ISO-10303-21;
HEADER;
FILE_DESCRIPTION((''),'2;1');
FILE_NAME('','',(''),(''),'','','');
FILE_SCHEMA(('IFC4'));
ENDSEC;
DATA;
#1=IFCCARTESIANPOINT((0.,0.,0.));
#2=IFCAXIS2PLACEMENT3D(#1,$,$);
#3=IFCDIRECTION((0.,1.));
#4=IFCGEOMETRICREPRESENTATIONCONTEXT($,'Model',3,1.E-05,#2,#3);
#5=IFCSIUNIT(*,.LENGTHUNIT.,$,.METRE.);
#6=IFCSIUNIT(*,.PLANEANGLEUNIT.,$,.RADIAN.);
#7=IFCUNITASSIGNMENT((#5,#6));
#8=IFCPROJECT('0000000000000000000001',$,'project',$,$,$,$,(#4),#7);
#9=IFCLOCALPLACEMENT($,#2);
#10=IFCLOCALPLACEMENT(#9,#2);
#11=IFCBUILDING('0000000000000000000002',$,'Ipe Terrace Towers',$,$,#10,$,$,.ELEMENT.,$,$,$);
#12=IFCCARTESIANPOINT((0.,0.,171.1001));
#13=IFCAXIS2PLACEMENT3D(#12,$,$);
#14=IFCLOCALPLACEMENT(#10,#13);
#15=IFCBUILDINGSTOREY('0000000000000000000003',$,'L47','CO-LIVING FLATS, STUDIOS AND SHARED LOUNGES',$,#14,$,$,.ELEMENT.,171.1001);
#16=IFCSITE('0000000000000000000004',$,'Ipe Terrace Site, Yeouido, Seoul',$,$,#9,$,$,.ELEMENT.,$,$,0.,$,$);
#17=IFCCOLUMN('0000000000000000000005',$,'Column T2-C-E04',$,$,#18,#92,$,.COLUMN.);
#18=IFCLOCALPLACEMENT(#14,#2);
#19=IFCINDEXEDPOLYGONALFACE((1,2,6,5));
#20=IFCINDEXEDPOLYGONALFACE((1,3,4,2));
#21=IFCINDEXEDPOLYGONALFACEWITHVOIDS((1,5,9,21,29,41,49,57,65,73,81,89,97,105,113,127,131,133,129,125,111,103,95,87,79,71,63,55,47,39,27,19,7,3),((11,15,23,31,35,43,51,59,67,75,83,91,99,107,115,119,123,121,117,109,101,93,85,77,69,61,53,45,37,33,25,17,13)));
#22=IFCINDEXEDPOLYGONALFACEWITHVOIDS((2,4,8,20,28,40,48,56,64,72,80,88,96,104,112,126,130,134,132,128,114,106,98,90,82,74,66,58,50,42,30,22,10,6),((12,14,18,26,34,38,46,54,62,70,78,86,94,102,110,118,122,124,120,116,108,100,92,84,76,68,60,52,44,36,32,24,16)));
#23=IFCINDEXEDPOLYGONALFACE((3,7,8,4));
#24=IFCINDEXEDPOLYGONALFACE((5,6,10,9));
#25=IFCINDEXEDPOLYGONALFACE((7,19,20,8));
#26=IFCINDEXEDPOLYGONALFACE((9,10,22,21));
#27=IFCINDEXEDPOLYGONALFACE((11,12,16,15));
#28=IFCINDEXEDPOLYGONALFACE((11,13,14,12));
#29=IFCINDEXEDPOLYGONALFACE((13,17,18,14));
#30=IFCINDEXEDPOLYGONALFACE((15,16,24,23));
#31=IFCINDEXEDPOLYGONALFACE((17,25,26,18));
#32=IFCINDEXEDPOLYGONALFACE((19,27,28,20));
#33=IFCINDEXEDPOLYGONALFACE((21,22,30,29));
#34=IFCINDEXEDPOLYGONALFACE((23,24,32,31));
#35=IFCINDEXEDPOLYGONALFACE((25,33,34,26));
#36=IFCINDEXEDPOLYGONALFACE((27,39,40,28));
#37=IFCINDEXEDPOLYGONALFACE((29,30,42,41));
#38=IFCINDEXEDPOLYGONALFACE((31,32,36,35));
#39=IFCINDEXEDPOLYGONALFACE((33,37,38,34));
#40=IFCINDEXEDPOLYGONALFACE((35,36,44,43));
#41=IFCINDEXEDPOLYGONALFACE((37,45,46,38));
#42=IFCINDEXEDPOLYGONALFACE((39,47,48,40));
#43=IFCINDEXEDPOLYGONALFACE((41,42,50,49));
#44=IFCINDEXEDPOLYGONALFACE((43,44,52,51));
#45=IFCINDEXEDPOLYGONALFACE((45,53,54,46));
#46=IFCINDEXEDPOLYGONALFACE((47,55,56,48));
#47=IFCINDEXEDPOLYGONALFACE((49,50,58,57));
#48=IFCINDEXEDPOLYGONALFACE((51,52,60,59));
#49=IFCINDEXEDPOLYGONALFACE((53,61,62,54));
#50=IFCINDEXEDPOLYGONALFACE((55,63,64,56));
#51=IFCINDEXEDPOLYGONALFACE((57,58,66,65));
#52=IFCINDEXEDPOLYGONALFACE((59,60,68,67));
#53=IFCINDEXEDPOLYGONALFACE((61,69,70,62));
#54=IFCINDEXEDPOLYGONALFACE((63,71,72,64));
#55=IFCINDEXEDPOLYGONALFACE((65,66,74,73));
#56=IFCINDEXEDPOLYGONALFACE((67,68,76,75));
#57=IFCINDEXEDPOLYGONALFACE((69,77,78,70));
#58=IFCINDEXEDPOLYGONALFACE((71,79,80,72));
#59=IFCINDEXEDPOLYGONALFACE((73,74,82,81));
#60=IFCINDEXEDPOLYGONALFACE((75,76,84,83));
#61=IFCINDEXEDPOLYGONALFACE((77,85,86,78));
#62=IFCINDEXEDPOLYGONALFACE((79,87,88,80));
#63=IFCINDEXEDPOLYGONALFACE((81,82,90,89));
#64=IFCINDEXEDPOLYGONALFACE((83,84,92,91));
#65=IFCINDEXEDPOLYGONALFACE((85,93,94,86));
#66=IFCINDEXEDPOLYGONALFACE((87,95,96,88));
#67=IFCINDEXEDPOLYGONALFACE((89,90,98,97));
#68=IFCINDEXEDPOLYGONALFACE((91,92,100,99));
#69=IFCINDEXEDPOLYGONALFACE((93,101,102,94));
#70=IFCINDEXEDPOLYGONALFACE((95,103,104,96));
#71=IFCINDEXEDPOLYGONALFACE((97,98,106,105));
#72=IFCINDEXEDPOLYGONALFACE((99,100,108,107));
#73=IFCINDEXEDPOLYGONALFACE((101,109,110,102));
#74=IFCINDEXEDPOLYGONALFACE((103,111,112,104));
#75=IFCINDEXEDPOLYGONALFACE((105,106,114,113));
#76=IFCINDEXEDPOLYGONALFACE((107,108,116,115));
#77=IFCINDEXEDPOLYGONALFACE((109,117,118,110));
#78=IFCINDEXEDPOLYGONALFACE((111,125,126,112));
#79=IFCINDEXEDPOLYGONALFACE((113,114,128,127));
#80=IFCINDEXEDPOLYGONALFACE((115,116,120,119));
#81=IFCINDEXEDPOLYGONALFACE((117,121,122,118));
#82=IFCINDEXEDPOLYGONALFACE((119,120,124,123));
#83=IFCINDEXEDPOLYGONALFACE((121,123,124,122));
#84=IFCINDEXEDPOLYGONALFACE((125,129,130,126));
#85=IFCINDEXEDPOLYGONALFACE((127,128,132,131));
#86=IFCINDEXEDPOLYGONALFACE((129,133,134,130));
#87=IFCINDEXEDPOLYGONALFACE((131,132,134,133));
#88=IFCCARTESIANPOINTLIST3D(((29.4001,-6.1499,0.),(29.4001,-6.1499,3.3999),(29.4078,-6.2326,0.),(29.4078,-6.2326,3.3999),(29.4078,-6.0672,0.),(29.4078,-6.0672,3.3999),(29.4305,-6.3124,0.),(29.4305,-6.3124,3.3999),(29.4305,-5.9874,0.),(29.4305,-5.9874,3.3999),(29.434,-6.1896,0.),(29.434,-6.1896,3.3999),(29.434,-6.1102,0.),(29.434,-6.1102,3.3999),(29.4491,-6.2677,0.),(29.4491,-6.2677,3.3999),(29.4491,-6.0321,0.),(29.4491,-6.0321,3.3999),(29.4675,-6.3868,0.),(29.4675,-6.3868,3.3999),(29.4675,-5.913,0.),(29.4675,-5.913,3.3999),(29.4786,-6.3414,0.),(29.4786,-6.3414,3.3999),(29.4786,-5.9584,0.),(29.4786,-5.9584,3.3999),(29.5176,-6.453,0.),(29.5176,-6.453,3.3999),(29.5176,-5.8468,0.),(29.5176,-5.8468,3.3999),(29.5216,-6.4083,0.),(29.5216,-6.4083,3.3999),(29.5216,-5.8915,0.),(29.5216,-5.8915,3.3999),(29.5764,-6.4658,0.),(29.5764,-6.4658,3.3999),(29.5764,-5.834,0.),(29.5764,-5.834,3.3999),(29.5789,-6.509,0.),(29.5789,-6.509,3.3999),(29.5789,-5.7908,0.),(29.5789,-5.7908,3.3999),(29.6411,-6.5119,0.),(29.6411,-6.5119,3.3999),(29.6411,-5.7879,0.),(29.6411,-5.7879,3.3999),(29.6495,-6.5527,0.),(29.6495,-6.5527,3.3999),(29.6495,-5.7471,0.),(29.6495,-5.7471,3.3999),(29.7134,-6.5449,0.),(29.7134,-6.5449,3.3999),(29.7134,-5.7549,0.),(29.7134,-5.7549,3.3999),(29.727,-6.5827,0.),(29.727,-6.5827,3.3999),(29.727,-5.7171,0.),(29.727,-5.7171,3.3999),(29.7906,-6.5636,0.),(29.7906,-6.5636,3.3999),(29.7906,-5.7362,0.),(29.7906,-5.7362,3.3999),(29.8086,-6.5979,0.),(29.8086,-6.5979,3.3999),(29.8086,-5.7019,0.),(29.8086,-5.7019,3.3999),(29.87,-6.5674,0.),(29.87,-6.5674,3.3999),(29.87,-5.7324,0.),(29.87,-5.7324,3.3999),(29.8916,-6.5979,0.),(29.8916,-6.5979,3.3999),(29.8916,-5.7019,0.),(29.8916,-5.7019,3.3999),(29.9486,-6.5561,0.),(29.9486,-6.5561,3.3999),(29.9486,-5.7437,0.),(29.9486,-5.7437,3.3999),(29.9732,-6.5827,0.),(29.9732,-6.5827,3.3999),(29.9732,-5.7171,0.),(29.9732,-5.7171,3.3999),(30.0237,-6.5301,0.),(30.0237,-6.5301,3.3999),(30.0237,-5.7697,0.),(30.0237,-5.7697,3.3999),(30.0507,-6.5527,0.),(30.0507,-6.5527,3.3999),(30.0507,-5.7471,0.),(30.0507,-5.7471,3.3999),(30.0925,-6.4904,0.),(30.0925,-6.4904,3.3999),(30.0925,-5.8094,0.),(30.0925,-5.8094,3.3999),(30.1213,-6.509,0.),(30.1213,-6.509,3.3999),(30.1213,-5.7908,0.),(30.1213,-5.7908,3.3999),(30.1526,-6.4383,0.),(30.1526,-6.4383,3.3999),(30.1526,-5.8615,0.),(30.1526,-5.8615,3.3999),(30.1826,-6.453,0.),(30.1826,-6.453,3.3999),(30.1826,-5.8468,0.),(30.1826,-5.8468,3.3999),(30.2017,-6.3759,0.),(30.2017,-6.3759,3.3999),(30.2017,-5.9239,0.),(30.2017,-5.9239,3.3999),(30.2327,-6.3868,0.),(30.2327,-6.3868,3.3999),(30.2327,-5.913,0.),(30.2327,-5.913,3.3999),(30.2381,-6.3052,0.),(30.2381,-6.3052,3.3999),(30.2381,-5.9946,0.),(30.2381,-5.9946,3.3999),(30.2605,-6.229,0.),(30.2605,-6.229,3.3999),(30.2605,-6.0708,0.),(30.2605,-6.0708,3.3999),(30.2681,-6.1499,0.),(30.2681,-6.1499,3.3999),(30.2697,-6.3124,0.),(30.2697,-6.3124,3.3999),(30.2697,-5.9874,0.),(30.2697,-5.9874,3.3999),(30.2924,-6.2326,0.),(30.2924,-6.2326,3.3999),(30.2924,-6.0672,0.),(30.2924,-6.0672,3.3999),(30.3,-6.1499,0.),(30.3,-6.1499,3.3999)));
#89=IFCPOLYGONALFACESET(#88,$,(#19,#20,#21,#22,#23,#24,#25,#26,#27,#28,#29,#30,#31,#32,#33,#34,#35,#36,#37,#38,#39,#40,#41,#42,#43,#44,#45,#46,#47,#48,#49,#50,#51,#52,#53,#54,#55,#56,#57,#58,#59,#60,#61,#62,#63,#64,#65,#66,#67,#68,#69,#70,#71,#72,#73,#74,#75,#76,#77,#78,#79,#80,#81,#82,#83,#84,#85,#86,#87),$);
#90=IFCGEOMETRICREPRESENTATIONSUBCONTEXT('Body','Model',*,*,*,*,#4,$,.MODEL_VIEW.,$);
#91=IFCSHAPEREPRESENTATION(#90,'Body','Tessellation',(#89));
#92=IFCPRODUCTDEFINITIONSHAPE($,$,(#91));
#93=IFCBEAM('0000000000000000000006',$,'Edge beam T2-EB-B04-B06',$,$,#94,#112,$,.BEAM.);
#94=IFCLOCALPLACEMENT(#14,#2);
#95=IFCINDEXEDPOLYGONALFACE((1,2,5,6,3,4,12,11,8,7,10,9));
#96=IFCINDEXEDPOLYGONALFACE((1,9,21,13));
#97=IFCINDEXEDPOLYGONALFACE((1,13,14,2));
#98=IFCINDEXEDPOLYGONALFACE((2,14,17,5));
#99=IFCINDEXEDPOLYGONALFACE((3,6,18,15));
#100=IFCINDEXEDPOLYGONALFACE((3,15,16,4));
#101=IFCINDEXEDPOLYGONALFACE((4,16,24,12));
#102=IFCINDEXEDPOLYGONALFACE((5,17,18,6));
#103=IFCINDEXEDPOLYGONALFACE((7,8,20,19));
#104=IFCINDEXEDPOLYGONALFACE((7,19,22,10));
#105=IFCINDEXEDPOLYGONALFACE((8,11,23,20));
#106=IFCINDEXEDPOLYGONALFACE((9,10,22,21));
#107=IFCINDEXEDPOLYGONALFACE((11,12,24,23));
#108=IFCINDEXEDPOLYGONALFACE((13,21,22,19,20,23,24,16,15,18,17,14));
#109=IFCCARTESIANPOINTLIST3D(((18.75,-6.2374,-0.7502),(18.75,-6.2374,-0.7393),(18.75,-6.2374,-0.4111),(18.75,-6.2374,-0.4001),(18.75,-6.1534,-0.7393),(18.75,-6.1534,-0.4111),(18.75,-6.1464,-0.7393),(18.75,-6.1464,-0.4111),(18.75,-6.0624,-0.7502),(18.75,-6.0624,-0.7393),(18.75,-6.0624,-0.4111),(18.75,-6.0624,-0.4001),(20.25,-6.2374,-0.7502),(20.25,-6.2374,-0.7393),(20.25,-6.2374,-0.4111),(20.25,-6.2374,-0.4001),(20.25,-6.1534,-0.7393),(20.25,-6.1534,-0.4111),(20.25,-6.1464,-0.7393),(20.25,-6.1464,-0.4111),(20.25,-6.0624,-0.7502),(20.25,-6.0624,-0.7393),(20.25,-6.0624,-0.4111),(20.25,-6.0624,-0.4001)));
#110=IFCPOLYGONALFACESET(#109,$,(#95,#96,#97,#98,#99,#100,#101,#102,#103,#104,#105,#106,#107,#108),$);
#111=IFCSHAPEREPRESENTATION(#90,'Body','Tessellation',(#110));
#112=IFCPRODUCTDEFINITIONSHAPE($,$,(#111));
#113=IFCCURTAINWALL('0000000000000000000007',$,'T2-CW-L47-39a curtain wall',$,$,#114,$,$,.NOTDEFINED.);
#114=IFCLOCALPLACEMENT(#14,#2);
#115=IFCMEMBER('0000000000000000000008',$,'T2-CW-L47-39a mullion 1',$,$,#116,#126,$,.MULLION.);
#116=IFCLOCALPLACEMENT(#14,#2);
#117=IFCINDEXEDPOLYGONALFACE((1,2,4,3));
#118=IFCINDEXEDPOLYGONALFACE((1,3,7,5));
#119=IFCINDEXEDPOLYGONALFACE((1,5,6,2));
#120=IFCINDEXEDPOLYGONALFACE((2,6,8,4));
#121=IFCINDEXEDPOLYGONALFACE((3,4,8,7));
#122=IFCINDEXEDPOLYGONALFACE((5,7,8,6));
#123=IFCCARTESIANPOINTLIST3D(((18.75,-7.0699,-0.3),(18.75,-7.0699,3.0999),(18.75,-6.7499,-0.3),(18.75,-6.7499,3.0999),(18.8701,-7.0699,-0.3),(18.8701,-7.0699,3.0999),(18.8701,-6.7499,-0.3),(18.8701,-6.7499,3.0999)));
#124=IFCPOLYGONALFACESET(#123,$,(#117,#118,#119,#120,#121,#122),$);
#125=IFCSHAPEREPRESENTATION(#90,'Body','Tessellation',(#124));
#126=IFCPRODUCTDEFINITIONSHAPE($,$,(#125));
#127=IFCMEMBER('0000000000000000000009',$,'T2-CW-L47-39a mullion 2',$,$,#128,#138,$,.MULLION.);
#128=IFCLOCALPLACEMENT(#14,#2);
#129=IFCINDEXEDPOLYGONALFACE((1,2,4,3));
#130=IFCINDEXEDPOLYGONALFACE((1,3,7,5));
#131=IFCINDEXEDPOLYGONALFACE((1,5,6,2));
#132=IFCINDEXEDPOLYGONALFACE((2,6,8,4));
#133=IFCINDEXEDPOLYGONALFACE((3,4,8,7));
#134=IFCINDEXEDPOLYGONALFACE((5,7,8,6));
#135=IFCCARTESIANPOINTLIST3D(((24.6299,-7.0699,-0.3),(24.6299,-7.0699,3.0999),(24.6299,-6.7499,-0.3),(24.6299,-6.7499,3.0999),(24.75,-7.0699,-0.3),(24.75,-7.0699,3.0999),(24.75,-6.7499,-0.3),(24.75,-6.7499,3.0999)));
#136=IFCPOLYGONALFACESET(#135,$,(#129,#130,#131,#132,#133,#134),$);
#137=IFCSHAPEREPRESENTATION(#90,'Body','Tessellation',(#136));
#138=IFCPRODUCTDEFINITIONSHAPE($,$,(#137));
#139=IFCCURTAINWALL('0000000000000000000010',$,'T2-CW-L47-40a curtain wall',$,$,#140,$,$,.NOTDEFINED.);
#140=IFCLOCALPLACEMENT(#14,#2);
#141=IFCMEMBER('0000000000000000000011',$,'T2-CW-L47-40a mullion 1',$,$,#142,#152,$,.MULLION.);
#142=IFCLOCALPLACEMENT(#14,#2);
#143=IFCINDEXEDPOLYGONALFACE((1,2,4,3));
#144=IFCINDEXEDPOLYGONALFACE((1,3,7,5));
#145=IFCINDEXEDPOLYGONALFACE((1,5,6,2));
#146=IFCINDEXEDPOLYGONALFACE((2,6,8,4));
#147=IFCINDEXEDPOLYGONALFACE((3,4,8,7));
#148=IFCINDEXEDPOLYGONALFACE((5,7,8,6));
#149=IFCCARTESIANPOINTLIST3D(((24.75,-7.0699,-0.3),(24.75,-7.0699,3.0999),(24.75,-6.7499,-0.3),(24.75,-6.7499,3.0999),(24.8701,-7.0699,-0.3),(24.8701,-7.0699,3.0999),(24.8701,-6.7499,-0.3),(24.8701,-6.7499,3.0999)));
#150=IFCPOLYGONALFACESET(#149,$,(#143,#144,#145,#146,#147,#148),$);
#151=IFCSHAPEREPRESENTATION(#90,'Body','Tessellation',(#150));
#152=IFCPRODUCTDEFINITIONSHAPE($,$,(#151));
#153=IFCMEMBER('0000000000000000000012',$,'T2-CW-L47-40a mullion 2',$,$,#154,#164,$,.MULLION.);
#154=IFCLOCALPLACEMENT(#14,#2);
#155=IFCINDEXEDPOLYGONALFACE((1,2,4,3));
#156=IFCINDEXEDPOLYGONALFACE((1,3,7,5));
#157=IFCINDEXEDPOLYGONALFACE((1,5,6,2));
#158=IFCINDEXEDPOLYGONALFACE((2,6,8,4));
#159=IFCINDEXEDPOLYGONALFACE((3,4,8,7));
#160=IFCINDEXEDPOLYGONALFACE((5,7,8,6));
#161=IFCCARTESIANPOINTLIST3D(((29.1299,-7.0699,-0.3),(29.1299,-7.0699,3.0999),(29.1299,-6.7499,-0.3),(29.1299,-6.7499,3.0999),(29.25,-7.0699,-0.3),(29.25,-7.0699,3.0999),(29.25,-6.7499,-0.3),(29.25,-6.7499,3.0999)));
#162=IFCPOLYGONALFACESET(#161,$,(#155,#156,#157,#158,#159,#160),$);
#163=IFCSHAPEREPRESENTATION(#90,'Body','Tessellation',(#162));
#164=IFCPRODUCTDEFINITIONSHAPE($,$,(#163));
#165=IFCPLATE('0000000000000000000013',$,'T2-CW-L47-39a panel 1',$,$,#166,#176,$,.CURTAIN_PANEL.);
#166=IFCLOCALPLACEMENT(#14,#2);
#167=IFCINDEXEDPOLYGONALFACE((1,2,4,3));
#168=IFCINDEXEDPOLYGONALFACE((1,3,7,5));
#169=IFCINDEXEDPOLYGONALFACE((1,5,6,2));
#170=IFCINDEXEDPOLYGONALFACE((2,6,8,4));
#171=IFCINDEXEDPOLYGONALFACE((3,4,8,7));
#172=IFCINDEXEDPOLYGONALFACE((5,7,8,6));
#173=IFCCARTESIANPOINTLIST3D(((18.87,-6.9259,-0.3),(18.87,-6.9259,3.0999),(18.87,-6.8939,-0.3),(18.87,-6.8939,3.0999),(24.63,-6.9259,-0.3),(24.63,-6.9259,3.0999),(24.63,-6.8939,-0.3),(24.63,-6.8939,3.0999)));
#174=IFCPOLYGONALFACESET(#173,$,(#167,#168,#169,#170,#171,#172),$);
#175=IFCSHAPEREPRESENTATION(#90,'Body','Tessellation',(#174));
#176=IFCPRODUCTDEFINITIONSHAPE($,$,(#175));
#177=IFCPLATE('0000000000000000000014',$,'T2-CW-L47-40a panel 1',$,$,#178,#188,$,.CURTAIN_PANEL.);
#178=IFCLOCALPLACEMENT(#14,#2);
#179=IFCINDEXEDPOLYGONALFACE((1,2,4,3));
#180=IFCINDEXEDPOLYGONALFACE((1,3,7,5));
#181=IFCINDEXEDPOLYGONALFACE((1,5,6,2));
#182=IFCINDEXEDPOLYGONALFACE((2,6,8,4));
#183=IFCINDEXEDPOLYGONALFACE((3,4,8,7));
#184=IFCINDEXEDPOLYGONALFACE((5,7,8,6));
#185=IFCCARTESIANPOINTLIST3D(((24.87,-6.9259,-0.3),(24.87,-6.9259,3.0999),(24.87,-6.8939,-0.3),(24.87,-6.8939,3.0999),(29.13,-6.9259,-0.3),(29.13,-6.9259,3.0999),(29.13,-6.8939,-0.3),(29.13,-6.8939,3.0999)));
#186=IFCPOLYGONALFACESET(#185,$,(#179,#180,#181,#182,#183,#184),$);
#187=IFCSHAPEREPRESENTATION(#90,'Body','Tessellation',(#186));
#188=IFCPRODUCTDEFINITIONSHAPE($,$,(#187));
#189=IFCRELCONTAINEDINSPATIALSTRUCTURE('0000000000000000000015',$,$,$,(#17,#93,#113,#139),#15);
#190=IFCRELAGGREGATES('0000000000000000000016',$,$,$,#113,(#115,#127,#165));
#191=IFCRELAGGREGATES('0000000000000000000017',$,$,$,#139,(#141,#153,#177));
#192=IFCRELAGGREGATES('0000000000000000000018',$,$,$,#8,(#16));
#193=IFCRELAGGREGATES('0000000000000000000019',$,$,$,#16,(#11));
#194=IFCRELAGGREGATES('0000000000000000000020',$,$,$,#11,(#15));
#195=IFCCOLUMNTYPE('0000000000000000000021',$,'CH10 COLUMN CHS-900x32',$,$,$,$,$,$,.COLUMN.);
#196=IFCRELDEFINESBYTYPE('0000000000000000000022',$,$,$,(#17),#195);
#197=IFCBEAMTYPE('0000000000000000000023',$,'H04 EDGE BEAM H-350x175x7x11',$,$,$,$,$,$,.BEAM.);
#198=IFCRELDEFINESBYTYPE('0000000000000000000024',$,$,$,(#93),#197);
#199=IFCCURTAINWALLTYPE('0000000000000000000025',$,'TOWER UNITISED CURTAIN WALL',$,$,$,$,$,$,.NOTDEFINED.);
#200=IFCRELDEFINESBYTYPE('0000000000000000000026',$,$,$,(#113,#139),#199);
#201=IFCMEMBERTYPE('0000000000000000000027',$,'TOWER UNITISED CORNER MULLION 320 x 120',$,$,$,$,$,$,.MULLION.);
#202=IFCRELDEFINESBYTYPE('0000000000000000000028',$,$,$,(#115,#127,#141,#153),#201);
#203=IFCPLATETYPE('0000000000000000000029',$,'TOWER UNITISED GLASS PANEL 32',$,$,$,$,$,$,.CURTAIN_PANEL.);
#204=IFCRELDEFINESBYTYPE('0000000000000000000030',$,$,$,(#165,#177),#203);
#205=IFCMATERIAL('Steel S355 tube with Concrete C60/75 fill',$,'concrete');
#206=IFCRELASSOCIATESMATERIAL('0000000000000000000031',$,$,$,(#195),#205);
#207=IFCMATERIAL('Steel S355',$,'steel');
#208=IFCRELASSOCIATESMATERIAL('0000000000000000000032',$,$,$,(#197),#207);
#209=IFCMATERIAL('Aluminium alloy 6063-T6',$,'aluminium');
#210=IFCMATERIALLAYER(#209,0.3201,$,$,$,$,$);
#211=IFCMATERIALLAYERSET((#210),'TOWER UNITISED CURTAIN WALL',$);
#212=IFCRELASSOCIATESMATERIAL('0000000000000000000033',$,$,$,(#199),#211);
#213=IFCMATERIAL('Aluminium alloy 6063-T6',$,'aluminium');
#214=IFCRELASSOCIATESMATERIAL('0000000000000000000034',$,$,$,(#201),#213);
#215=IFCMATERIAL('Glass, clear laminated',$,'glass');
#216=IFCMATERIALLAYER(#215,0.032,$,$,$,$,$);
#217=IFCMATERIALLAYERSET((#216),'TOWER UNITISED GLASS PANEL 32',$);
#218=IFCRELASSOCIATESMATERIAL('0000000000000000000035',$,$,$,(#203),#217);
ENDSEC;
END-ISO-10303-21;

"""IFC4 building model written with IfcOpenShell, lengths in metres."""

from ifc_helpers import new_model, si_unit, direction, frame, origin, origin_2d, place, context, subcontext, project, spatial, rectangle, hollow_circle, i_section, extrude, material, layer, layer_set, material_profile, profile_set, type_object, element, aggregate, save


model = new_model("IFC4")

# Units and contexts
model_context = context("Model", 3, precision=1e-05, world=origin(), true_north=direction((0.0, 1.0)))
body_context = subcontext(model_context, "Body", "Model", "MODEL_VIEW")
ifc_project = project(units=[si_unit("LENGTHUNIT", "METRE"), si_unit("PLANEANGLEUNIT", "RADIAN")], contexts=[model_context])

# Site, building, storey
site_placement = place(None, origin())
site = spatial("IfcSite", under=ifc_project, at=site_placement, Name="Ipe Terrace Site, Yeouido, Seoul", CompositionType="ELEMENT", RefElevation=0.0)
building_placement = place(site_placement, origin())
building = spatial("IfcBuilding", under=site, at=building_placement, Name="Ipe Terrace Towers", CompositionType="ELEMENT")
storey_placement = place(building_placement, frame((0.0, 0.0, 171.1001)))
storey = spatial("IfcBuildingStorey", under=building, at=storey_placement, Name="L47", Description="CO-LIVING FLATS, STUDIOS AND SHARED LOUNGES", CompositionType="ELEMENT", Elevation=171.1001)

# Column
ifc_material_1 = material(Name="Steel S355 tube with Concrete C60/75 fill", Category="concrete")
ifc_material_profile_1 = material_profile(ifc_material_1, hollow_circle(Radius=0.45, WallThickness=0.032, at=origin_2d()), Name="CHS-900x32")
ifc_profile_set_1 = profile_set([ifc_material_profile_1], Name="Steel S355 tube with Concrete C60/75 fill")
column_type_1 = type_object("IfcColumnType", Name="CH10 COLUMN CHS-900x32", PredefinedType="COLUMN", material=ifc_profile_set_1)
column_placement = place(storey_placement, frame((29.8501, -6.1499, 0.0), z_axis=(0.0, 0.0, 1.0), x_axis=(1.0, 0.0, 0.0)))
element("IfcColumn", 1, at=column_placement, inside=storey, type_object=column_type_1, Name="Column T2-C-E04", PredefinedType="COLUMN", context=body_context, shape_type="SweptSolid", body=[
    extrude(hollow_circle(Radius=0.45, WallThickness=0.032, at=origin_2d()), origin(), (0.0, 0.0, 1.0), 3.3999),
])

# Beam
ifc_material_2 = material(Name="Steel S355", Category="steel")
ifc_material_profile_2 = material_profile(ifc_material_2, i_section(OverallWidth=0.175, OverallDepth=0.3501, WebThickness=0.0071, FlangeThickness=0.011, at=origin_2d()), Name="H-350x175x7x11")
ifc_profile_set_2 = profile_set([ifc_material_profile_2], Name="Steel S355")
beam_type = type_object("IfcBeamType", Name="H04 EDGE BEAM H-350x175x7x11", PredefinedType="BEAM", material=ifc_profile_set_2)
beam_placement = place(storey_placement, frame((20.25, -6.1499, -0.5752), z_axis=(-1.0, 0.0, 0.0), x_axis=(0.0, -1.0, 0.0)))
element("IfcBeam", 2, at=beam_placement, inside=storey, type_object=beam_type, Name="Edge beam T2-EB-B04-B06", PredefinedType="BEAM", context=body_context, shape_type="SweptSolid", body=[
    extrude(i_section(OverallWidth=0.175, OverallDepth=0.3501, WebThickness=0.0071, FlangeThickness=0.011, at=origin_2d()), origin(), (0.0, 0.0, 1.0), 1.5),
])

# Curtain walls, members
ifc_material_3 = material(Name="Aluminium alloy 6063-T6", Category="aluminium")
ifc_layer_1 = layer(ifc_material_3, 0.3201)
ifc_layer_set_1 = layer_set([ifc_layer_1], Name="TOWER UNITISED CURTAIN WALL")
curtain_wall_type = type_object("IfcCurtainWallType", Name="TOWER UNITISED CURTAIN WALL", PredefinedType="NOTDEFINED", material=ifc_layer_set_1)
curtain_wall_1_placement = place(storey_placement, origin())
curtain_wall_1 = element("IfcCurtainWall", 3, at=curtain_wall_1_placement, inside=storey, type_object=curtain_wall_type, Name="T2-CW-L47-39a curtain wall", PredefinedType="NOTDEFINED")
ifc_material_4 = material(Name="Aluminium alloy 6063-T6", Category="aluminium")
ifc_material_profile_3 = material_profile(ifc_material_4, rectangle(XDim=0.3201, YDim=0.1201, at=origin_2d()), Name="TOWER UNITISED CORNER MULLION 320 x 120")
ifc_profile_set_3 = profile_set([ifc_material_profile_3], Name="Aluminium alloy 6063-T6")
member_type = type_object("IfcMemberType", Name="TOWER UNITISED CORNER MULLION 320 x 120", PredefinedType="MULLION", material=ifc_profile_set_3)
member_1_placement = place(storey_placement, frame((18.8101, -6.9099, -0.3), z_axis=(0.0, 0.0, 1.0), x_axis=(0.0, -1.0, 0.0)))
member_1 = element("IfcMember", 4, at=member_1_placement, type_object=member_type, Name="T2-CW-L47-39a mullion 1", PredefinedType="MULLION", context=body_context, shape_type="SweptSolid", body=[
    extrude(rectangle(XDim=0.3201, YDim=0.1201, at=origin_2d()), origin(), (0.0, 0.0, 1.0), 3.3999),
])
member_2_placement = place(storey_placement, frame((24.6899, -6.9099, -0.3), z_axis=(0.0, 0.0, 1.0), x_axis=(0.0, -1.0, 0.0)))
member_2 = element("IfcMember", 5, at=member_2_placement, type_object=member_type, Name="T2-CW-L47-39a mullion 2", PredefinedType="MULLION", context=body_context, shape_type="SweptSolid", body=[
    extrude(rectangle(XDim=0.3201, YDim=0.1201, at=origin_2d()), origin(), (0.0, 0.0, 1.0), 3.3999),
])
curtain_wall_2_placement = place(storey_placement, origin())
curtain_wall_2 = element("IfcCurtainWall", 6, at=curtain_wall_2_placement, inside=storey, type_object=curtain_wall_type, Name="T2-CW-L47-40a curtain wall", PredefinedType="NOTDEFINED")
member_3_placement = place(storey_placement, frame((24.8101, -6.9099, -0.3), z_axis=(0.0, 0.0, 1.0), x_axis=(0.0, -1.0, 0.0)))
member_3 = element("IfcMember", 7, at=member_3_placement, type_object=member_type, Name="T2-CW-L47-40a mullion 1", PredefinedType="MULLION", context=body_context, shape_type="SweptSolid", body=[
    extrude(rectangle(XDim=0.3201, YDim=0.1201, at=origin_2d()), origin(), (0.0, 0.0, 1.0), 3.3999),
])
member_4_placement = place(storey_placement, frame((29.1899, -6.9099, -0.3), z_axis=(0.0, 0.0, 1.0), x_axis=(0.0, -1.0, 0.0)))
member_4 = element("IfcMember", 8, at=member_4_placement, type_object=member_type, Name="T2-CW-L47-40a mullion 2", PredefinedType="MULLION", context=body_context, shape_type="SweptSolid", body=[
    extrude(rectangle(XDim=0.3201, YDim=0.1201, at=origin_2d()), origin(), (0.0, 0.0, 1.0), 3.3999),
])

# Plates
ifc_material_5 = material(Name="Glass, clear laminated", Category="glass")
ifc_layer_2 = layer(ifc_material_5, 0.032)
ifc_layer_set_2 = layer_set([ifc_layer_2], Name="TOWER UNITISED GLASS PANEL 32")
plate_type = type_object("IfcPlateType", Name="TOWER UNITISED GLASS PANEL 32", PredefinedType="CURTAIN_PANEL", material=ifc_layer_set_2)
plate_1_placement = place(storey_placement, frame((21.75, -6.9099, -0.3), z_axis=(0.0, 0.0, 1.0), x_axis=(1.0, 0.0, 0.0)))
plate_1 = element("IfcPlate", 9, at=plate_1_placement, type_object=plate_type, Name="T2-CW-L47-39a panel 1", PredefinedType="CURTAIN_PANEL", context=body_context, shape_type="SweptSolid", body=[
    extrude(rectangle(XDim=5.76, YDim=0.032, at=origin_2d()), origin(), (0.0, 0.0, 1.0), 3.3999),
])
aggregate(curtain_wall_1, [member_1, member_2, plate_1])
plate_2_placement = place(storey_placement, frame((27.0, -6.9099, -0.3), z_axis=(0.0, 0.0, 1.0), x_axis=(1.0, 0.0, 0.0)))
plate_2 = element("IfcPlate", 10, at=plate_2_placement, type_object=plate_type, Name="T2-CW-L47-40a panel 1", PredefinedType="CURTAIN_PANEL", context=body_context, shape_type="SweptSolid", body=[
    extrude(rectangle(XDim=4.26, YDim=0.032, at=origin_2d()), origin(), (0.0, 0.0, 1.0), 3.3999),
])
aggregate(curtain_wall_2, [member_3, member_4, plate_2])

save(model, "model.ifc")
